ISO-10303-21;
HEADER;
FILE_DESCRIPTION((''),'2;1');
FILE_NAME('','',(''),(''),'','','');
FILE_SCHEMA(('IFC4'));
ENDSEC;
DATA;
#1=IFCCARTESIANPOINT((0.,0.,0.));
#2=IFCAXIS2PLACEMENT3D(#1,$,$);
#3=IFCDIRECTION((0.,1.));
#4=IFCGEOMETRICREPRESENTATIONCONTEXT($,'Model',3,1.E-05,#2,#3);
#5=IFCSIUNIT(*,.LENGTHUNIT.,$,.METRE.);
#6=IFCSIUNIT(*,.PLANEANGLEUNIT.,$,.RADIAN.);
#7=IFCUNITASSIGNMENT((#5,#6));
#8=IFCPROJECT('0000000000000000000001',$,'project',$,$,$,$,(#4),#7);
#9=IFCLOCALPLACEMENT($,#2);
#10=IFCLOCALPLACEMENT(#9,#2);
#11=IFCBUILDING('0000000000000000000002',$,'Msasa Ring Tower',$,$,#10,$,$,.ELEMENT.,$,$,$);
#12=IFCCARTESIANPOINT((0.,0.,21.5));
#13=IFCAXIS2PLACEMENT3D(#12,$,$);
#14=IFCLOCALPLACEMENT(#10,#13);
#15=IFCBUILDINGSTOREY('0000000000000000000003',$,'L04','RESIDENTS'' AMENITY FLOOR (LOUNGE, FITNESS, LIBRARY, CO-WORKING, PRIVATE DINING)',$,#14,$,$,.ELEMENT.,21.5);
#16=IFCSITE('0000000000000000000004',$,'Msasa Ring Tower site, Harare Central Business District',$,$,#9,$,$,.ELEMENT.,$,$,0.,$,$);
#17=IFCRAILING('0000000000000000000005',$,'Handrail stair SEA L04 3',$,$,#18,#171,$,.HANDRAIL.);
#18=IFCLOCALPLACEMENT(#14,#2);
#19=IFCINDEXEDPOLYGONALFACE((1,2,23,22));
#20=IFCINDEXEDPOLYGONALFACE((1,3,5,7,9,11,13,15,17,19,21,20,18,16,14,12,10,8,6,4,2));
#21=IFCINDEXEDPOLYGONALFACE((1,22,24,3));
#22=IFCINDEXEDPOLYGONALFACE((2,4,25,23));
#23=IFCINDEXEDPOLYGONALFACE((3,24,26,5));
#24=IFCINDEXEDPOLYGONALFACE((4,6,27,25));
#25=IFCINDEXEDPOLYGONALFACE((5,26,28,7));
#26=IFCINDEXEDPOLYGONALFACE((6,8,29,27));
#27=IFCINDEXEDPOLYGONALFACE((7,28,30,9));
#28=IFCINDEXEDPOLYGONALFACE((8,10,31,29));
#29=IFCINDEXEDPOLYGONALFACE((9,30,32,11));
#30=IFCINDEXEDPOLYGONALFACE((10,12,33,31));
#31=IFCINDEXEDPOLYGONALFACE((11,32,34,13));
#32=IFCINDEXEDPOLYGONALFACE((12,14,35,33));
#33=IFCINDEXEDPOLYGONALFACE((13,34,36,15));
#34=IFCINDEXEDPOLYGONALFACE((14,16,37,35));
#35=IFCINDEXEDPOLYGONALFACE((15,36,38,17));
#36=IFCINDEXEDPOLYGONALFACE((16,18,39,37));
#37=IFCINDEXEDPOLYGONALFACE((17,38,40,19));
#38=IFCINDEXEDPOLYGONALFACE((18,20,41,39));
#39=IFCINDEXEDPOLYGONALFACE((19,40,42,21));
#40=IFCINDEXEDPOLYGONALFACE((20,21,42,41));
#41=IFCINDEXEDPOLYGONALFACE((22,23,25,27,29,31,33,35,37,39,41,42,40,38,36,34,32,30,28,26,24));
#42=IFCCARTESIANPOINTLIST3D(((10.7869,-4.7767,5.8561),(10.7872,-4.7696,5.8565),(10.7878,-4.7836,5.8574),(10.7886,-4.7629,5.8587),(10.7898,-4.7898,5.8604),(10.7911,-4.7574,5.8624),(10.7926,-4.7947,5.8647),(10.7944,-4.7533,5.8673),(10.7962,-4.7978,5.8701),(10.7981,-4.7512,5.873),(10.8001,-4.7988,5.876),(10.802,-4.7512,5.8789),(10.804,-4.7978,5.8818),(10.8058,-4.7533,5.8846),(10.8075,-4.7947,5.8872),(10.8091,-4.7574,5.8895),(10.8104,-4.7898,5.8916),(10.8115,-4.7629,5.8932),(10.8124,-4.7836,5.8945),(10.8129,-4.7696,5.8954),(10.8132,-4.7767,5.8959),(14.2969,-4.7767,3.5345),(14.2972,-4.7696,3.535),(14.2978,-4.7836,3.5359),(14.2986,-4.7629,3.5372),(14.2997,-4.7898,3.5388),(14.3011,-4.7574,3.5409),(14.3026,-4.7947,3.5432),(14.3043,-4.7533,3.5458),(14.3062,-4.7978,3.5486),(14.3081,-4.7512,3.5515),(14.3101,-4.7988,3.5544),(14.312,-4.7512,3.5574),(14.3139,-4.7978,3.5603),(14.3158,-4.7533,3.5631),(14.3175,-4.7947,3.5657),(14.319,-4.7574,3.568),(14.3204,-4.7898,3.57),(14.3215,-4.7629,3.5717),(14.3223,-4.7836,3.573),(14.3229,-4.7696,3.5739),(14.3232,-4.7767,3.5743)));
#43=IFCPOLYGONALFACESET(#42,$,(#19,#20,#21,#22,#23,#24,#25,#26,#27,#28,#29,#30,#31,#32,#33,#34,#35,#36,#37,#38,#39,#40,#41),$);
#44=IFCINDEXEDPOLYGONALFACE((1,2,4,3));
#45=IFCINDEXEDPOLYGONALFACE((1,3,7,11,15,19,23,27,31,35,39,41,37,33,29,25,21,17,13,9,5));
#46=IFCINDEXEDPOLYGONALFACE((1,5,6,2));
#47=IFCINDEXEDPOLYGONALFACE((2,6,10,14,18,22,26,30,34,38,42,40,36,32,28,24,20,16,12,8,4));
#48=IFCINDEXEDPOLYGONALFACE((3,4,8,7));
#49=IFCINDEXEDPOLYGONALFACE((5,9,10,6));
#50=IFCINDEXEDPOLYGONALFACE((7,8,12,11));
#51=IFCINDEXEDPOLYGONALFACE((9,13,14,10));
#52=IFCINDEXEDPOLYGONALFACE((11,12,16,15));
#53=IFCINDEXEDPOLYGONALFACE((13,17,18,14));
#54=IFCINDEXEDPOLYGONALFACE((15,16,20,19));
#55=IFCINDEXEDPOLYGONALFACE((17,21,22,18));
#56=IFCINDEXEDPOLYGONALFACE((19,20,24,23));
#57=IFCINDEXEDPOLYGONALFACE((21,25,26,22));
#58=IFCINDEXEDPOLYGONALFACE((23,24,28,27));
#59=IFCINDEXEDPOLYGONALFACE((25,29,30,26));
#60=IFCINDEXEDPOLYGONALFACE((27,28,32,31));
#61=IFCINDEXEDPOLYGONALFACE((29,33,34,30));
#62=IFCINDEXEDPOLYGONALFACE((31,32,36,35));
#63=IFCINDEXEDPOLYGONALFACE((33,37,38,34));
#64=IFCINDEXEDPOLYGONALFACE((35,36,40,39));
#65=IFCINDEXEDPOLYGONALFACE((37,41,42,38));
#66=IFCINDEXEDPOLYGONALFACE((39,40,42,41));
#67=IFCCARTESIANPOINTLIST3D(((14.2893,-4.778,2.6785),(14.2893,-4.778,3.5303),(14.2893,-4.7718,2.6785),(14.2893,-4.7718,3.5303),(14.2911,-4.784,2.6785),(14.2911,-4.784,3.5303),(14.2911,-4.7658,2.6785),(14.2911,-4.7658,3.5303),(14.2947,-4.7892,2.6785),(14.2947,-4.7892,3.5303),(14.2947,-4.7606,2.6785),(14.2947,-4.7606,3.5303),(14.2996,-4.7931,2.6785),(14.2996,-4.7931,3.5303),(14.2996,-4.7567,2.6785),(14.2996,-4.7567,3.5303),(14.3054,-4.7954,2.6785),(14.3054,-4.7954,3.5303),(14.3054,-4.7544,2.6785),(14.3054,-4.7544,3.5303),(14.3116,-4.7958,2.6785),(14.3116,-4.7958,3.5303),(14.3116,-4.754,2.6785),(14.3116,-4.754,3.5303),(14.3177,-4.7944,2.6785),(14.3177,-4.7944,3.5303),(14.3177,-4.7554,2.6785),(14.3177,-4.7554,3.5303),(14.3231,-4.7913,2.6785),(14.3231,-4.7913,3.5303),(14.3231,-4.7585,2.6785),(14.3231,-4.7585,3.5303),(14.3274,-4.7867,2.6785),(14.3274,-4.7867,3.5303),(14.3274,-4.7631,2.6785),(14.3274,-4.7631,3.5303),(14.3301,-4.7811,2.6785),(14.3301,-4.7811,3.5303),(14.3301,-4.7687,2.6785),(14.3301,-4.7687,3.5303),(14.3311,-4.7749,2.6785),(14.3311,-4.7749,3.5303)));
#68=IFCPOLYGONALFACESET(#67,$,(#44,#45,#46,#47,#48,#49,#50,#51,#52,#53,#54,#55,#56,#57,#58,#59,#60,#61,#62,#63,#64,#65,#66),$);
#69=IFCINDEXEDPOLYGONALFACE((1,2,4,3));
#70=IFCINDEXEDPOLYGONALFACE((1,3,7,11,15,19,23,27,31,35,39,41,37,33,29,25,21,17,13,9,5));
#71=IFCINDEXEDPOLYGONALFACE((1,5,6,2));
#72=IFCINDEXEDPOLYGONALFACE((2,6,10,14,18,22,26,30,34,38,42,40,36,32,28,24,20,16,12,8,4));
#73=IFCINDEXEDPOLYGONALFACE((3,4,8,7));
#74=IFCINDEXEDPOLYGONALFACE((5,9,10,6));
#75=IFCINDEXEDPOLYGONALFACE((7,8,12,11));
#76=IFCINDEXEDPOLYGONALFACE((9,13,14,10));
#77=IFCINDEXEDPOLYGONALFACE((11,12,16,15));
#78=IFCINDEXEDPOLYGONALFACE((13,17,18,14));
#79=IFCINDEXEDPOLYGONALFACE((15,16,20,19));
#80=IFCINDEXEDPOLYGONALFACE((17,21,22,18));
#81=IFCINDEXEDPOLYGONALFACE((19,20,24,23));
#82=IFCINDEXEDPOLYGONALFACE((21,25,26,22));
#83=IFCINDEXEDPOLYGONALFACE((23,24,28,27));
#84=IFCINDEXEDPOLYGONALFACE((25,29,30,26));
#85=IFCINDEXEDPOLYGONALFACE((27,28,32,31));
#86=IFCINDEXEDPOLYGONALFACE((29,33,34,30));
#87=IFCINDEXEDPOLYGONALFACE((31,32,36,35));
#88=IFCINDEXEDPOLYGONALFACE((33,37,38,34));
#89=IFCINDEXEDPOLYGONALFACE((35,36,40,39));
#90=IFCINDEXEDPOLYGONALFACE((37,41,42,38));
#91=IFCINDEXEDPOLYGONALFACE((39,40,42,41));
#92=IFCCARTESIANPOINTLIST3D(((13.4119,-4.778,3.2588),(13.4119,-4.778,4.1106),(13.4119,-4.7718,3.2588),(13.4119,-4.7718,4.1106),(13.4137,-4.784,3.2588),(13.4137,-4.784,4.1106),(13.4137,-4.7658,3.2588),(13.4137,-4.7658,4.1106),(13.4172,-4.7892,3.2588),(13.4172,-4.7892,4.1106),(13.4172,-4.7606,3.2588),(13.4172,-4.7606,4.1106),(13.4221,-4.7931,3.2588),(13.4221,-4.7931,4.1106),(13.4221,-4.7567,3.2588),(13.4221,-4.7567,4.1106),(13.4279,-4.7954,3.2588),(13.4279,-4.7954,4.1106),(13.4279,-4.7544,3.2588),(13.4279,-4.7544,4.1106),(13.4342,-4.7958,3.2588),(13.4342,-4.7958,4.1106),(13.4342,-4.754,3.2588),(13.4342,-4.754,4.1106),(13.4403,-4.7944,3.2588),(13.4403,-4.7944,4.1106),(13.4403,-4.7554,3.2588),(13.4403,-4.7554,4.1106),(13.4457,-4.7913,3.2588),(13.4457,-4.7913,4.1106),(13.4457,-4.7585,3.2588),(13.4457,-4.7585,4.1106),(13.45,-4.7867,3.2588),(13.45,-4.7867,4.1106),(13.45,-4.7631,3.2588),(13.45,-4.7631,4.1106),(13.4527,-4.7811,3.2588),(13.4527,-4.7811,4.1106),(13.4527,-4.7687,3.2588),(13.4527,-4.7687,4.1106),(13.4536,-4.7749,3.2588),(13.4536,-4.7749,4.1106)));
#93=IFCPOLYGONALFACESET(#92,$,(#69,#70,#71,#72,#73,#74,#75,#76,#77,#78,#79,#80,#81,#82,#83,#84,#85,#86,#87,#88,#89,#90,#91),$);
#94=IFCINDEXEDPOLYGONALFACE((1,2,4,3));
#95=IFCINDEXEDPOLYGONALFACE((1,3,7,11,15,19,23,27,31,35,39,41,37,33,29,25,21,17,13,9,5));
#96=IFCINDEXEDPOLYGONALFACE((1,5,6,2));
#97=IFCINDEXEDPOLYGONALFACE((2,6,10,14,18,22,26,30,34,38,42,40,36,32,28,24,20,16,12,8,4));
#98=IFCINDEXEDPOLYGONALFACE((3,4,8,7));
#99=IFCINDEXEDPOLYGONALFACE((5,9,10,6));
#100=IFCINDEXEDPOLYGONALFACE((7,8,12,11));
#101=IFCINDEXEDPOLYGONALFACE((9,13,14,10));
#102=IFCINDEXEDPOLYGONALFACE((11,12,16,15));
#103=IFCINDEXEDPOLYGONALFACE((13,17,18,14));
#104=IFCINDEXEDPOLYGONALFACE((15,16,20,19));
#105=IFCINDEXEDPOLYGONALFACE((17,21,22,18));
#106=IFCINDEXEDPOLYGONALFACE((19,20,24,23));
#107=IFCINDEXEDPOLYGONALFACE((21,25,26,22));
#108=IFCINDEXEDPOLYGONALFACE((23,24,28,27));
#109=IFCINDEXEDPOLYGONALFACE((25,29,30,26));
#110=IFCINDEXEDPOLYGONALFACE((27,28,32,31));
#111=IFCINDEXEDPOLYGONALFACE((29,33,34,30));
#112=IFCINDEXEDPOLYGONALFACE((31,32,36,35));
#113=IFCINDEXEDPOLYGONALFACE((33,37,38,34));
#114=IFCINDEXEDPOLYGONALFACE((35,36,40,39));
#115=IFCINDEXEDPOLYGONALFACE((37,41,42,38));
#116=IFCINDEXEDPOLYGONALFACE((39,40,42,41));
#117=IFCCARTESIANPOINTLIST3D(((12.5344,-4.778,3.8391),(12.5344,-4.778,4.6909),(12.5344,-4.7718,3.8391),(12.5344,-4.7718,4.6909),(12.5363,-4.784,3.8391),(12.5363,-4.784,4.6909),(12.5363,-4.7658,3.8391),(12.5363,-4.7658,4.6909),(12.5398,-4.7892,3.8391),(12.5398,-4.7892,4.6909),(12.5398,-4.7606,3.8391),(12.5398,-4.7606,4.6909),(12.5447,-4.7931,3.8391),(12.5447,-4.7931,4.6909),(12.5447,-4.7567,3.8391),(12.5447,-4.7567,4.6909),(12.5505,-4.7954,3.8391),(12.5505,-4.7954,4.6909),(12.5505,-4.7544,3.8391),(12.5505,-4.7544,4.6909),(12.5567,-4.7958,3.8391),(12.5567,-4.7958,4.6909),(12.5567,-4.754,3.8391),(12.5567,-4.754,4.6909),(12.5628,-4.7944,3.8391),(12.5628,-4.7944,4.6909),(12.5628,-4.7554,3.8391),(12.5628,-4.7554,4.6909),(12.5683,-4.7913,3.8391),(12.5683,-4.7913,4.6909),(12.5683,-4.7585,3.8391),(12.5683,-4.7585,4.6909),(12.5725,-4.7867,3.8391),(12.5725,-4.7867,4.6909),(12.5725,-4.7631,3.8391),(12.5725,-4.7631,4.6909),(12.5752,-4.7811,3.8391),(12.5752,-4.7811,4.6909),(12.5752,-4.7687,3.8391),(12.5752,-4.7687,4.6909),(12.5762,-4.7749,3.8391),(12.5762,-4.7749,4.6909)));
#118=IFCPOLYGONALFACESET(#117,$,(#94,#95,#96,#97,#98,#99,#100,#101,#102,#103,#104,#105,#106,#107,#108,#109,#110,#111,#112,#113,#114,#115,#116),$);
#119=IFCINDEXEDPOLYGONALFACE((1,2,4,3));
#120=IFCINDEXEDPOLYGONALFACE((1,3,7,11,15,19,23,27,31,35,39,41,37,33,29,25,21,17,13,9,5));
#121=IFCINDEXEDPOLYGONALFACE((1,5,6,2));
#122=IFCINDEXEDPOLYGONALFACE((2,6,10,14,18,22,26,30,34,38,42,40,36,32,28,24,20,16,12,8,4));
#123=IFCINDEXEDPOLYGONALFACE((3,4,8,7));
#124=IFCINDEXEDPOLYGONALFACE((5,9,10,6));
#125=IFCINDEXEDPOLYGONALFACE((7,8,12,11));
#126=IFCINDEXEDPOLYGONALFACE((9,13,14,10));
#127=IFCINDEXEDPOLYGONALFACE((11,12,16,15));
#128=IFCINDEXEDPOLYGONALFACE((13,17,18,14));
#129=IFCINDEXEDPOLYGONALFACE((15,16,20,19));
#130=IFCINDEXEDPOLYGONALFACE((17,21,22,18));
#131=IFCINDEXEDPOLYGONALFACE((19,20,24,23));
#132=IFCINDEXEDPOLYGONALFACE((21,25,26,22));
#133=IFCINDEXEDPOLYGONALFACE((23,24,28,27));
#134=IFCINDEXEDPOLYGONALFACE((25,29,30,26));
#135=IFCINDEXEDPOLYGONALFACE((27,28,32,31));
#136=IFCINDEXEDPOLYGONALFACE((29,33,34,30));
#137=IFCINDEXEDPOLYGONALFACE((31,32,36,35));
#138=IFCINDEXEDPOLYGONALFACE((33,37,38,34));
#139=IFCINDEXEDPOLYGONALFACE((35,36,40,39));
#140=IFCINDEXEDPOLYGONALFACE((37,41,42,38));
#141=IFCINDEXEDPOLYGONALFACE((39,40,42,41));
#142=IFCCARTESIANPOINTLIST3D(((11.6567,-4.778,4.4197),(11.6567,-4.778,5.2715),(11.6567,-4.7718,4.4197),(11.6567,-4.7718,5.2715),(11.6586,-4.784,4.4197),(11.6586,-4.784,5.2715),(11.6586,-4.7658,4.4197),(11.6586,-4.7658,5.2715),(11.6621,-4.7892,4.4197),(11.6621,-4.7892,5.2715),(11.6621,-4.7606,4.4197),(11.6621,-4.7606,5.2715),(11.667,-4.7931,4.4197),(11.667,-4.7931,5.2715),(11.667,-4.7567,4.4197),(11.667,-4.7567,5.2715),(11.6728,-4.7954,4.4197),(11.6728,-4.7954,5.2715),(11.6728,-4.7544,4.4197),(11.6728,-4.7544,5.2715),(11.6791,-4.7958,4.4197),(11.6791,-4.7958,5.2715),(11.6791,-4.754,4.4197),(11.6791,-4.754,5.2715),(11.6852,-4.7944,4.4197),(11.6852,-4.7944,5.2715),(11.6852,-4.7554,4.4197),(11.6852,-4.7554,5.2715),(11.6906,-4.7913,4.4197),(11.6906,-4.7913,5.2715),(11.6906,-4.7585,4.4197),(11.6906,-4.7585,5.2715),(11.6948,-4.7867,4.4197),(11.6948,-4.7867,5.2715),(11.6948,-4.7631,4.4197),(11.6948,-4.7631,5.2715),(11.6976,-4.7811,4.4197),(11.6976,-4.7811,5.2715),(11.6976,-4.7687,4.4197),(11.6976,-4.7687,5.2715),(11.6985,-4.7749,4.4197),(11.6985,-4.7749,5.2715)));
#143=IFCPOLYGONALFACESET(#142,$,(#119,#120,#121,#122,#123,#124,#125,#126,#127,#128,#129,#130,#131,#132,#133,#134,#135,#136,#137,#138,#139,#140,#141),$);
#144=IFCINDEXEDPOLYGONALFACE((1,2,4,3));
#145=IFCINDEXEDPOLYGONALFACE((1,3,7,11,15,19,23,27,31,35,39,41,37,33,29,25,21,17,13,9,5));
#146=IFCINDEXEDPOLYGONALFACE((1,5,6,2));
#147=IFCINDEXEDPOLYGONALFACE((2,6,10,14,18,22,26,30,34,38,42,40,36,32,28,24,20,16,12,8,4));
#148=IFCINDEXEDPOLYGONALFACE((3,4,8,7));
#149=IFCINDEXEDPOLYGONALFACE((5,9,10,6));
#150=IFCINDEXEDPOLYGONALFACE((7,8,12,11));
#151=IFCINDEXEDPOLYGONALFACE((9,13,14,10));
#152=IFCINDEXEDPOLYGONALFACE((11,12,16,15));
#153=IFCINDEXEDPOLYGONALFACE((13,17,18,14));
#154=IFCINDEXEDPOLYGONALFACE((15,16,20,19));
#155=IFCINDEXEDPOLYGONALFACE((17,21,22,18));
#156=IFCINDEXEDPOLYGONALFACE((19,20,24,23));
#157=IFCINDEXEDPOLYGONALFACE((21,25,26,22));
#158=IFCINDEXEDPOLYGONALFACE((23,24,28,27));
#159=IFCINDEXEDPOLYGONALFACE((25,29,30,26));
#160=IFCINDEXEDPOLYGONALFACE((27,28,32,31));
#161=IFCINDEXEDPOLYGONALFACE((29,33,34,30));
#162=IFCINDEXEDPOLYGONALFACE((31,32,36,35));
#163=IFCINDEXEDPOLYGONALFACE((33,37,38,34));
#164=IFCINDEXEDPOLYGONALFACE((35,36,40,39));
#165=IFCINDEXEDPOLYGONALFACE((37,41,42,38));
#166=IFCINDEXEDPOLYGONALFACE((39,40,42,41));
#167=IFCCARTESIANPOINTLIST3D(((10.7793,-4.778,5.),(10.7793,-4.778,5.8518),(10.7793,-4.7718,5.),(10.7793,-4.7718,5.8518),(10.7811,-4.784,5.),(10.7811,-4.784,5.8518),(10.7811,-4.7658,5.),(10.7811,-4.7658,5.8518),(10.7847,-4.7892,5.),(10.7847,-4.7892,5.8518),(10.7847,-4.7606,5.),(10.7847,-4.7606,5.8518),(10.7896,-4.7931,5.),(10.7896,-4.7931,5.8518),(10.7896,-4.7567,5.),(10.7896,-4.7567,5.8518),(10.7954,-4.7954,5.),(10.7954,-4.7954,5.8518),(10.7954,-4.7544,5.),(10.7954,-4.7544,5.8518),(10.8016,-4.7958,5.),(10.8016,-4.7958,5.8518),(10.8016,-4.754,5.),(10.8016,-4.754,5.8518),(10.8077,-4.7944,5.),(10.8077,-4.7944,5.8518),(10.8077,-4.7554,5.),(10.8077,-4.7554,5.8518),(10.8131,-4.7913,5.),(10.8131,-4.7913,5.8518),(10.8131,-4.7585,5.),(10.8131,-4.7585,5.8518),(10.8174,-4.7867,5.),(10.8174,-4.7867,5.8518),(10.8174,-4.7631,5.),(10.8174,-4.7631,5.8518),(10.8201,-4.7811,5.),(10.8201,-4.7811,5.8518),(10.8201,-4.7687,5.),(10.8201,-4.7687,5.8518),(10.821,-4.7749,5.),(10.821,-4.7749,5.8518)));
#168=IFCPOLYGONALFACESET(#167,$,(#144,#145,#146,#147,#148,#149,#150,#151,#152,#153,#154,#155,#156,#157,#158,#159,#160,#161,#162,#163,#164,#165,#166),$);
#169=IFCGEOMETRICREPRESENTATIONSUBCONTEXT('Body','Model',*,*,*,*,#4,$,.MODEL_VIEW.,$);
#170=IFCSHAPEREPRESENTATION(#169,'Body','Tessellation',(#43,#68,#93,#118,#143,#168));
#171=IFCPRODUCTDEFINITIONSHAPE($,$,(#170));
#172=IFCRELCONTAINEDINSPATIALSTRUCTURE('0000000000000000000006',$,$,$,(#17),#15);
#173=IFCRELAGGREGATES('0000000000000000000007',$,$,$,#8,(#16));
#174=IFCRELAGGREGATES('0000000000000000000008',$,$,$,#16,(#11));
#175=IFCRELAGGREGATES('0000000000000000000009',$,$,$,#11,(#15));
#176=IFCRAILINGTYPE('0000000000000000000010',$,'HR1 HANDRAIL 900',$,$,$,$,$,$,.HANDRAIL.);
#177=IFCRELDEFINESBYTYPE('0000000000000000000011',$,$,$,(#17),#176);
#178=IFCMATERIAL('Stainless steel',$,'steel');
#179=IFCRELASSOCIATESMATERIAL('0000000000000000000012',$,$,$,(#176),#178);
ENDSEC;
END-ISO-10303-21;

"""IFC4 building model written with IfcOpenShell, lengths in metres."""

from ifc_helpers import new_model, si_unit, direction, frame, origin, origin_2d, place, context, subcontext, project, spatial, circle, extrude, material, type_object, element, save


model = new_model("IFC4")

# Units and contexts
model_context = context("Model", 3, precision=1e-05, world=origin(), true_north=direction((0.0, 1.0)))
body_context = subcontext(model_context, "Body", "Model", "MODEL_VIEW")
ifc_project = project(units=[si_unit("LENGTHUNIT", "METRE"), si_unit("PLANEANGLEUNIT", "RADIAN")], contexts=[model_context])

# Site, building, storey
site_placement = place(None, origin())
site = spatial("IfcSite", under=ifc_project, at=site_placement, Name="Msasa Ring Tower site, Harare Central Business District", CompositionType="ELEMENT", RefElevation=0.0)
building_placement = place(site_placement, origin())
building = spatial("IfcBuilding", under=site, at=building_placement, Name="Msasa Ring Tower", CompositionType="ELEMENT")
storey_placement = place(building_placement, frame((0.0, 0.0, 21.5)))
storey = spatial("IfcBuildingStorey", under=building, at=storey_placement, Name="L04", Description="RESIDENTS' AMENITY FLOOR (LOUNGE, FITNESS, LIBRARY, CO-WORKING, PRIVATE DINING)", CompositionType="ELEMENT", Elevation=21.5)

# Railing
ifc_material_1 = material(Name="Stainless steel", Category="steel")
railing_type = type_object("IfcRailingType", Name="HR1 HANDRAIL 900", PredefinedType="HANDRAIL", material=ifc_material_1)
for number, where, name in (
    (1, (14.3101, -4.7749, 2.6785), "Handrail stair SEA L04 3"),
):
    element("IfcRailing", number, at=place(storey_placement, frame(where)), inside=storey, type_object=railing_type, Name=name, PredefinedType="HANDRAIL", context=body_context, shape_type="SweptSolid", body=[
        extrude(circle(Radius=0.0239, at=origin_2d()), frame((0.0, 0.0, 0.876), z_axis=(-0.834071, 0.0, 0.551657), x_axis=(0.0, -1.0, 0.0)), (0.0, 0.0, 1.0), 4.2083),
        extrude(circle(Radius=0.021, at=origin_2d()), origin(), (0.0, 0.0, 1.0), 0.8518),
        extrude(circle(Radius=0.021, at=origin_2d()), frame((-0.8774, 0.0, 0.5803)), (0.0, 0.0, 1.0), 0.8518),
        extrude(circle(Radius=0.021, at=origin_2d()), frame((-1.7549, 0.0, 1.1606)), (0.0, 0.0, 1.0), 0.8518),
        extrude(circle(Radius=0.021, at=origin_2d()), frame((-2.6326, 0.0, 1.7412)), (0.0, 0.0, 1.0), 0.8518),
        extrude(circle(Radius=0.021, at=origin_2d()), frame((-3.51, 0.0, 2.3215)), (0.0, 0.0, 1.0), 0.8518),
    ])

save(model, "model.ifc")
